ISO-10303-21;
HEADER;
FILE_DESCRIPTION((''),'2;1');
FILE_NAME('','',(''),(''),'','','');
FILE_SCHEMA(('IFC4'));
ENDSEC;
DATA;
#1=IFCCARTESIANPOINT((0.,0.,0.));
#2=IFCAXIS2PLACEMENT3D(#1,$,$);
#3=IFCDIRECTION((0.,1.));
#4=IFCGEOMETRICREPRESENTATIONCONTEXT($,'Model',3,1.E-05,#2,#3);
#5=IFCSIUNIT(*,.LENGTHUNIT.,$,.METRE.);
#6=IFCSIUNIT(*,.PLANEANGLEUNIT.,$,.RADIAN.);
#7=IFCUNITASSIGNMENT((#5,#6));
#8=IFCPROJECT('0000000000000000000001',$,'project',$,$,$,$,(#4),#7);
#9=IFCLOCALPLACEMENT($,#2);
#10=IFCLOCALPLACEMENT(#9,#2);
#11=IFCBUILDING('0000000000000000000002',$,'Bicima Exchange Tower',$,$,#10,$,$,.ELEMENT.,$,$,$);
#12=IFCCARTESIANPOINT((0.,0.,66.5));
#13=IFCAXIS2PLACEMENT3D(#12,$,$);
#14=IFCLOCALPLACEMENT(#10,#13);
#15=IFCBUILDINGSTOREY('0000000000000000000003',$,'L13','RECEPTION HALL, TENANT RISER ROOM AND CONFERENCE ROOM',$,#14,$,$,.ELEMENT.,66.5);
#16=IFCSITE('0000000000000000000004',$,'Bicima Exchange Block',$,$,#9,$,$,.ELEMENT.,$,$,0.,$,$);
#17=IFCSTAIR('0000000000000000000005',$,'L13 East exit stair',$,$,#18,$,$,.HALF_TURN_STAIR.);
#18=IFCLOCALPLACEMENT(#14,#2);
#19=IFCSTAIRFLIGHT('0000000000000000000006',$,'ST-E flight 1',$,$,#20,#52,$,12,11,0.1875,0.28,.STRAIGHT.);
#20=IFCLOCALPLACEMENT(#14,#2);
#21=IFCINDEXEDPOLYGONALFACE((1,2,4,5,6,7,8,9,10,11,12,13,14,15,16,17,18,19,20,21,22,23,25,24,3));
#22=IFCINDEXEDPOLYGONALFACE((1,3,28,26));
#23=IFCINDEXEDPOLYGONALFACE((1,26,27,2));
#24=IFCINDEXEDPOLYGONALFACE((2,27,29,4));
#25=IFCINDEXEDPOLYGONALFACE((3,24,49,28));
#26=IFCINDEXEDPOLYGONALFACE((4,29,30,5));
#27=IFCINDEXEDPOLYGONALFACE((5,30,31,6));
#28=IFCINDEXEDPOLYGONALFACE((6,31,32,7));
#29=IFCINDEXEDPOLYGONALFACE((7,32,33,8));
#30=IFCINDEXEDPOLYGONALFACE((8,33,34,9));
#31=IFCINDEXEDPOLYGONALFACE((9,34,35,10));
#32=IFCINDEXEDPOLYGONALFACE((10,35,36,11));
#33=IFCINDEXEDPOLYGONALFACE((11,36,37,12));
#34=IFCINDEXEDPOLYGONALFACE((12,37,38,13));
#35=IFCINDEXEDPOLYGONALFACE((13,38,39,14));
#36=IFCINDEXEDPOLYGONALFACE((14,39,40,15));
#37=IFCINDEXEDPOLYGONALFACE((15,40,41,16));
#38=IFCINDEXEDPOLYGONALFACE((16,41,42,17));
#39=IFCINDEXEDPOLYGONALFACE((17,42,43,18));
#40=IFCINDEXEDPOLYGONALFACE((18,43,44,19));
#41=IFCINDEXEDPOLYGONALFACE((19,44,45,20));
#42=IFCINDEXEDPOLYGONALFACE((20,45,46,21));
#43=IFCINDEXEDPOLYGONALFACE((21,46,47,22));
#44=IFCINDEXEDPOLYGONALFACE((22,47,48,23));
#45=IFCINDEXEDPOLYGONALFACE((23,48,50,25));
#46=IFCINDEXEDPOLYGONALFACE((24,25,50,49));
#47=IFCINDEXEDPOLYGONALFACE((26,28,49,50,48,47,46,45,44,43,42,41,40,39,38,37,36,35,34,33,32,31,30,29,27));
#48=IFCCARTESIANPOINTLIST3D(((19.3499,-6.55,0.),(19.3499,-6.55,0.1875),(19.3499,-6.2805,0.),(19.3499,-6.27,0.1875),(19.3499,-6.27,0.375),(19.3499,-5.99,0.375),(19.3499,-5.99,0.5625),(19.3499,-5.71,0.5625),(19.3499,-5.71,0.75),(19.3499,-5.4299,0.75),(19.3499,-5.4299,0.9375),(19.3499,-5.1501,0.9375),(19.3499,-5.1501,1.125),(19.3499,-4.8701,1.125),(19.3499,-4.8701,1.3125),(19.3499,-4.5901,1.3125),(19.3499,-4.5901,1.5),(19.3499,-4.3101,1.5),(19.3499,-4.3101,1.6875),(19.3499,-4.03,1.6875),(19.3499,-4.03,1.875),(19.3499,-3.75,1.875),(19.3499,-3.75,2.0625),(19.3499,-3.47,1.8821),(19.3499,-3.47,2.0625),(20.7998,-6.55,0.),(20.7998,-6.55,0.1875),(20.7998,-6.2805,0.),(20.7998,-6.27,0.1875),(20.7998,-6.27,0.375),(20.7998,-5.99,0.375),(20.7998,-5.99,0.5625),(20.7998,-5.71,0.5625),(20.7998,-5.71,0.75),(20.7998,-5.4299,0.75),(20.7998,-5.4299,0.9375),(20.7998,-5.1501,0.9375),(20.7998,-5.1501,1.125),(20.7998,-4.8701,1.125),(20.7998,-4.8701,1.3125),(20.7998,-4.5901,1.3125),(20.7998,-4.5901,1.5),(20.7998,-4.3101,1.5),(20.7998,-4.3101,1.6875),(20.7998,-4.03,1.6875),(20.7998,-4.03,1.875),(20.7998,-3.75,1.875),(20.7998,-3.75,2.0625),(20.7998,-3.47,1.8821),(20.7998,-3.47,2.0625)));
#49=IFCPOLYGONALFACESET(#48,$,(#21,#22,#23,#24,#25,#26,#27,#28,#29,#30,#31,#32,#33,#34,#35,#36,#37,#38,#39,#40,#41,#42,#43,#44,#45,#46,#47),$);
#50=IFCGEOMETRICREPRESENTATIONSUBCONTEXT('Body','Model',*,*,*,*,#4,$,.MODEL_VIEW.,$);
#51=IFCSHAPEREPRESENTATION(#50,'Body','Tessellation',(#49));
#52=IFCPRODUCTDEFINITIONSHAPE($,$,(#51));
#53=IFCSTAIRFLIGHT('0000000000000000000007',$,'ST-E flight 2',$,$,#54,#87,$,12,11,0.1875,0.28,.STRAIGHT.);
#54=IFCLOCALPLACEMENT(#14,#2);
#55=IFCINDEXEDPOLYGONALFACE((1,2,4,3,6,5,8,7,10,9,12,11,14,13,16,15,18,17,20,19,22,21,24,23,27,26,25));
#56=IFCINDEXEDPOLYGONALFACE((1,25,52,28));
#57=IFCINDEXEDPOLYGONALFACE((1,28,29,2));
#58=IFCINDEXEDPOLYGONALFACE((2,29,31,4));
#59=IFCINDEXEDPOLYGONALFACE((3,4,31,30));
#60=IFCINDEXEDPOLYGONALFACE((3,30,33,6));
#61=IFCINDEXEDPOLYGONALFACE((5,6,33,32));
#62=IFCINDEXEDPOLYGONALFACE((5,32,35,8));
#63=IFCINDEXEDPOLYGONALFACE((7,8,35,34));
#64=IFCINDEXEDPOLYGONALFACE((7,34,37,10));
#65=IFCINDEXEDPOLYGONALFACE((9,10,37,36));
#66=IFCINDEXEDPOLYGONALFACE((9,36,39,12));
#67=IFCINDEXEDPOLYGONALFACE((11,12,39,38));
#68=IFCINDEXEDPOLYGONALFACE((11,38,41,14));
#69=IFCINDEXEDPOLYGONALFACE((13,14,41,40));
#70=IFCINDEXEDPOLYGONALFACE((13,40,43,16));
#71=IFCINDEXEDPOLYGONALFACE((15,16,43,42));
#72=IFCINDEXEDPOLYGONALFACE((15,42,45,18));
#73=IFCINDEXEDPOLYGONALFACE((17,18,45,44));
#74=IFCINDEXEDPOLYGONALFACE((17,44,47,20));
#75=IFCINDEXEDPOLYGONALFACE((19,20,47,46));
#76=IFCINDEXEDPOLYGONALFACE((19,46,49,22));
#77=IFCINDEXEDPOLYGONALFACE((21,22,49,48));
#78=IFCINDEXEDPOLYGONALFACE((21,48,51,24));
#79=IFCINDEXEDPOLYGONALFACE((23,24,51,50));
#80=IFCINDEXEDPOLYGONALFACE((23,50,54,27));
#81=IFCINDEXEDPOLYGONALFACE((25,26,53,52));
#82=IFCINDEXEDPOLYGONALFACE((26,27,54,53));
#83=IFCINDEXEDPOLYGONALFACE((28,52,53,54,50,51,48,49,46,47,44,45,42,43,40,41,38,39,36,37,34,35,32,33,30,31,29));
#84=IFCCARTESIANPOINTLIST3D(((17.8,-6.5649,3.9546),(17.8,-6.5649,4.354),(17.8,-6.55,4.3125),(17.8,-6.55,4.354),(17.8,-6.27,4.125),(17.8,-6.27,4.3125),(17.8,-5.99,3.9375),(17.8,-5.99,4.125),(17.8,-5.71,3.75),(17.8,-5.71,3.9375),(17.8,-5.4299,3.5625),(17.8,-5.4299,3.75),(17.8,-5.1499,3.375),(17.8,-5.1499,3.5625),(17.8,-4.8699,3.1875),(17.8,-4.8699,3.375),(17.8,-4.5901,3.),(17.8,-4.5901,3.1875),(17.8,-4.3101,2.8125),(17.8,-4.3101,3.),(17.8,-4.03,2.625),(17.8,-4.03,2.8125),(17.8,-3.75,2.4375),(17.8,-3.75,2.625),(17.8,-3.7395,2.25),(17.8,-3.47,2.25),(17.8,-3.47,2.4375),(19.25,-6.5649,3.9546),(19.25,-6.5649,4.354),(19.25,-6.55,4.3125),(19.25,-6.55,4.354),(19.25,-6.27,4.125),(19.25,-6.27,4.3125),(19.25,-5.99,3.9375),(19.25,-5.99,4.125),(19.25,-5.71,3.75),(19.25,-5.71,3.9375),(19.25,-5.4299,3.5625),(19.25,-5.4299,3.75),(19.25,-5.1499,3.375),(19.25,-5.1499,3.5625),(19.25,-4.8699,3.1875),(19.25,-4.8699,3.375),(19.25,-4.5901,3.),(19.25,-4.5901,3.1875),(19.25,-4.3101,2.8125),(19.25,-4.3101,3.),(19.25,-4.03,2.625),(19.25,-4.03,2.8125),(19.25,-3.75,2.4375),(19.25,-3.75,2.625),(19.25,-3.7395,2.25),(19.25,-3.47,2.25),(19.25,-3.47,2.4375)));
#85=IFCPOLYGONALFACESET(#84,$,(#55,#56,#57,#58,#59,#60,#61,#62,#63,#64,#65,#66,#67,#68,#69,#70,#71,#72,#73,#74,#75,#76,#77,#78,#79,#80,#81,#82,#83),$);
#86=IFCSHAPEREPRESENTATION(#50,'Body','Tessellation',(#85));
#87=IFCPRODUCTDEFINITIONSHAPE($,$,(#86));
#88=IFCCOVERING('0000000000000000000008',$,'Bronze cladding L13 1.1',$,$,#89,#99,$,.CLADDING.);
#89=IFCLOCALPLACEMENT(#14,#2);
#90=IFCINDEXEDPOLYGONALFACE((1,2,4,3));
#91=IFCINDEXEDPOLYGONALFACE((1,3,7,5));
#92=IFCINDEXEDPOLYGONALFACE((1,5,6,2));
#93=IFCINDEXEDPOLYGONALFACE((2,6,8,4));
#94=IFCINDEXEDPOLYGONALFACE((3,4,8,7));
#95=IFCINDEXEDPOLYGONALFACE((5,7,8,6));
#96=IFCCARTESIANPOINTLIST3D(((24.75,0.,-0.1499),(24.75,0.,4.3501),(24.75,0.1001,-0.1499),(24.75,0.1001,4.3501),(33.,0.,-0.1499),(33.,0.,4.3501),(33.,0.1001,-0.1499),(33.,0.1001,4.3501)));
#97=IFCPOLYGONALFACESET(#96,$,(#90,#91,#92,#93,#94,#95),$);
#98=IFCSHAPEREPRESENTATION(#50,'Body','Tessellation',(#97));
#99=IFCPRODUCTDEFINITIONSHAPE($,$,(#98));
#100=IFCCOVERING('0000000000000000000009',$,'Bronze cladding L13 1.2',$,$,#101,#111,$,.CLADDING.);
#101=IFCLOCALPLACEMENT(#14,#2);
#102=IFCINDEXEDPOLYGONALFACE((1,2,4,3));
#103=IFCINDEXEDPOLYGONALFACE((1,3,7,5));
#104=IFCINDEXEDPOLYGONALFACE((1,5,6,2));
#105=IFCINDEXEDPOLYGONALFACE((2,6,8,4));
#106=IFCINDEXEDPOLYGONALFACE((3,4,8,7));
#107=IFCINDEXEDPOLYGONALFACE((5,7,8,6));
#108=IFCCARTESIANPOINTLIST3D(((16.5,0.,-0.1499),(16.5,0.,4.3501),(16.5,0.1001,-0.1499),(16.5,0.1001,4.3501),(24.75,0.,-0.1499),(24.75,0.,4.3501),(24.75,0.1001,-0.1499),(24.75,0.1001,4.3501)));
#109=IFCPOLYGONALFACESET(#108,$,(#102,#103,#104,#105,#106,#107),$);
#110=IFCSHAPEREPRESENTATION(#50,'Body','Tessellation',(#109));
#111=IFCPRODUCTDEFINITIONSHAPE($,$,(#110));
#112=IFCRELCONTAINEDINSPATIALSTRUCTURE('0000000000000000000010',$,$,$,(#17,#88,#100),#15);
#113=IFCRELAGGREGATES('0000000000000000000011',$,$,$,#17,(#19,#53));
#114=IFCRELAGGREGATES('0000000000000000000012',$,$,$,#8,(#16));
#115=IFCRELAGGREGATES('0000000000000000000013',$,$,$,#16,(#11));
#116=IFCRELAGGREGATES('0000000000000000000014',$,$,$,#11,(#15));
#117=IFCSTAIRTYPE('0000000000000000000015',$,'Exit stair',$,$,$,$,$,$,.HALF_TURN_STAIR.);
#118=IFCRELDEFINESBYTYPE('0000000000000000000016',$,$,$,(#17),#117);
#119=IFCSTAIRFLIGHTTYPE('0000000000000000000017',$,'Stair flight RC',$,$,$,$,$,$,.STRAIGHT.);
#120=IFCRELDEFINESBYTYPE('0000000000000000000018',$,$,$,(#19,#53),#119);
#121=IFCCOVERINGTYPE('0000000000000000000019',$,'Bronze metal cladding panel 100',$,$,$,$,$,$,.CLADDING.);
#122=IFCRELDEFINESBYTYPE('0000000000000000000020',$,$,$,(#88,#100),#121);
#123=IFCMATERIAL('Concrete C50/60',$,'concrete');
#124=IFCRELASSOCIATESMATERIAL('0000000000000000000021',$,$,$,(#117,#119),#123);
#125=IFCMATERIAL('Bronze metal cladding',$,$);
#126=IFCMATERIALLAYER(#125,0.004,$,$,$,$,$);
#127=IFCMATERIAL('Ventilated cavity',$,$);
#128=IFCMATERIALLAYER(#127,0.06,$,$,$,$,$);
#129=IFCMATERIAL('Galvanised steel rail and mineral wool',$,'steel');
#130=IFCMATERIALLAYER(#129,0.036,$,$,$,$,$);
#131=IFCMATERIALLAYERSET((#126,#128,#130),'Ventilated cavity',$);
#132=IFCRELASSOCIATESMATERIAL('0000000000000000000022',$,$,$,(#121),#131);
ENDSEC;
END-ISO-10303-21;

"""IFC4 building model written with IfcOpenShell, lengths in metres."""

from ifc_helpers import new_model, si_unit, direction, frame, origin, origin_2d, place, context, subcontext, project, spatial, polyline, rectangle, outline, extrude, material, layer, layer_set, type_object, element, aggregate, save


model = new_model("IFC4")

# Units and contexts
model_context = context("Model", 3, precision=1e-05, world=origin(), true_north=direction((0.0, 1.0)))
body_context = subcontext(model_context, "Body", "Model", "MODEL_VIEW")
ifc_project = project(units=[si_unit("LENGTHUNIT", "METRE"), si_unit("PLANEANGLEUNIT", "RADIAN")], contexts=[model_context])

# Site, building, storey
site_placement = place(None, origin())
site = spatial("IfcSite", under=ifc_project, at=site_placement, Name="Bicima Exchange Block", CompositionType="ELEMENT", RefElevation=0.0)
building_placement = place(site_placement, origin())
building = spatial("IfcBuilding", under=site, at=building_placement, Name="Bicima Exchange Tower", CompositionType="ELEMENT")
storey_placement = place(building_placement, frame((0.0, 0.0, 66.5)))
storey = spatial("IfcBuildingStorey", under=building, at=storey_placement, Name="L13", Description="RECEPTION HALL, TENANT RISER ROOM AND CONFERENCE ROOM", CompositionType="ELEMENT", Elevation=66.5)

# Shared definitions
ifc_material_1 = material(Name="Concrete C50/60", Category="concrete")

# Stair, stair flights
stair_type = type_object("IfcStairType", Name="Exit stair", PredefinedType="HALF_TURN_STAIR", material=ifc_material_1)
stair_placement = place(storey_placement, origin())
stair = element("IfcStair", 1, at=stair_placement, inside=storey, type_object=stair_type, Name="L13 East exit stair", PredefinedType="HALF_TURN_STAIR")
stair_flight_type = type_object("IfcStairFlightType", Name="Stair flight RC", PredefinedType="STRAIGHT", material=ifc_material_1)
stair_flight_1_placement = place(storey_placement, frame((20.075, -6.55, 0.0), z_axis=(0.0, 0.0, 1.0), x_axis=(0.0, 1.0, 0.0)))
stair_flight_1 = element("IfcStairFlight", 2, at=stair_flight_1_placement, type_object=stair_flight_type, Name="ST-E flight 1", NumberOfRisers=12, NumberOfTreads=11, PredefinedType="STRAIGHT", RiserHeight=0.1875, TreadLength=0.28, context=body_context, shape_type="SweptSolid", body=[
    extrude(outline(polyline([(0.0, 0.0), (0.0, 0.1875), (0.28, 0.1875), (0.28, 0.375), (0.5601, 0.375), (0.5601, 0.5625), (0.8401, 0.5625), (0.8401, 0.75), (1.1201, 0.75), (1.1201, 0.9375), (1.3999, 0.9375), (1.3999, 1.125), (1.6799, 1.125), (1.6799, 1.3125), (1.96, 1.3125), (1.96, 1.5), (2.24, 1.5), (2.24, 1.6875), (2.52, 1.6875), (2.52, 1.875), (2.8, 1.875), (2.8, 2.0625), (3.0801, 2.0625), (3.0801, 2.25), (3.0801, 1.8821), (0.2695, 0.0), (0.0, 0.0)])), frame((0.0, 0.7251, 0.0), z_axis=(0.0, -1.0, 0.0), x_axis=(1.0, 0.0, 0.0)), (0.0, 0.0, 1.0), 1.45),
])
stair_flight_2_placement = place(storey_placement, frame((18.5249, -3.47, 2.25), z_axis=(0.0, 0.0, 1.0), x_axis=(0.0, -1.0, 0.0)))
stair_flight_2 = element("IfcStairFlight", 3, at=stair_flight_2_placement, type_object=stair_flight_type, Name="ST-E flight 2", NumberOfRisers=12, NumberOfTreads=11, PredefinedType="STRAIGHT", RiserHeight=0.1875, TreadLength=0.28, context=body_context, shape_type="SweptSolid", body=[
    extrude(outline(polyline([(0.0, 0.0), (0.0, 0.1875), (0.28, 0.1875), (0.28, 0.375), (0.5601, 0.375), (0.5601, 0.5625), (0.8401, 0.5625), (0.8401, 0.75), (1.1201, 0.75), (1.1201, 0.9375), (1.3999, 0.9375), (1.3999, 1.125), (1.6799, 1.125), (1.6799, 1.3125), (1.96, 1.3125), (1.96, 1.5), (2.24, 1.5), (2.24, 1.6875), (2.52, 1.6875), (2.52, 1.875), (2.8, 1.875), (2.8, 2.0625), (3.0801, 2.0625), (3.0801, 2.104), (3.095, 2.104), (3.095, 1.7046), (0.2695, 0.0), (0.0, 0.0)])), frame((0.0, 0.7251, 0.0), z_axis=(0.0, -1.0, 0.0), x_axis=(1.0, 0.0, 0.0)), (0.0, 0.0, 1.0), 1.45),
])
aggregate(stair, [stair_flight_1, stair_flight_2])

# Coverings
ifc_material_2 = material(Name="Bronze metal cladding")
ifc_layer_1 = layer(ifc_material_2, 0.004)
ifc_material_3 = material(Name="Ventilated cavity")
ifc_layer_2 = layer(ifc_material_3, 0.06)
ifc_material_4 = material(Name="Galvanised steel rail and mineral wool", Category="steel")
ifc_layer_3 = layer(ifc_material_4, 0.036)
ifc_layer_set_1 = layer_set([ifc_layer_1, ifc_layer_2, ifc_layer_3], Name="Ventilated cavity")
covering_type = type_object("IfcCoveringType", Name="Bronze metal cladding panel 100", PredefinedType="CLADDING", material=ifc_layer_set_1)
for number, where, z_axis, x_axis, name in (
    (4, (28.875, 0.05, -0.1499), (0.0, 0.0, 1.0), (-1.0, 0.0, 0.0), "Bronze cladding L13 1.1"),
    (5, (20.625, 0.05, -0.1499), (0.0, 0.0, 1.0), (-1.0, 0.0, 0.0), "Bronze cladding L13 1.2"),
):
    element("IfcCovering", number, at=place(storey_placement, frame(where, z_axis=z_axis, x_axis=x_axis)), inside=storey, type_object=covering_type, Name=name, PredefinedType="CLADDING", context=body_context, shape_type="SweptSolid", body=[
        extrude(rectangle(XDim=8.25, YDim=0.1001, at=origin_2d()), origin(), (0.0, 0.0, 1.0), 4.5),
    ])

save(model, "model.ifc")
